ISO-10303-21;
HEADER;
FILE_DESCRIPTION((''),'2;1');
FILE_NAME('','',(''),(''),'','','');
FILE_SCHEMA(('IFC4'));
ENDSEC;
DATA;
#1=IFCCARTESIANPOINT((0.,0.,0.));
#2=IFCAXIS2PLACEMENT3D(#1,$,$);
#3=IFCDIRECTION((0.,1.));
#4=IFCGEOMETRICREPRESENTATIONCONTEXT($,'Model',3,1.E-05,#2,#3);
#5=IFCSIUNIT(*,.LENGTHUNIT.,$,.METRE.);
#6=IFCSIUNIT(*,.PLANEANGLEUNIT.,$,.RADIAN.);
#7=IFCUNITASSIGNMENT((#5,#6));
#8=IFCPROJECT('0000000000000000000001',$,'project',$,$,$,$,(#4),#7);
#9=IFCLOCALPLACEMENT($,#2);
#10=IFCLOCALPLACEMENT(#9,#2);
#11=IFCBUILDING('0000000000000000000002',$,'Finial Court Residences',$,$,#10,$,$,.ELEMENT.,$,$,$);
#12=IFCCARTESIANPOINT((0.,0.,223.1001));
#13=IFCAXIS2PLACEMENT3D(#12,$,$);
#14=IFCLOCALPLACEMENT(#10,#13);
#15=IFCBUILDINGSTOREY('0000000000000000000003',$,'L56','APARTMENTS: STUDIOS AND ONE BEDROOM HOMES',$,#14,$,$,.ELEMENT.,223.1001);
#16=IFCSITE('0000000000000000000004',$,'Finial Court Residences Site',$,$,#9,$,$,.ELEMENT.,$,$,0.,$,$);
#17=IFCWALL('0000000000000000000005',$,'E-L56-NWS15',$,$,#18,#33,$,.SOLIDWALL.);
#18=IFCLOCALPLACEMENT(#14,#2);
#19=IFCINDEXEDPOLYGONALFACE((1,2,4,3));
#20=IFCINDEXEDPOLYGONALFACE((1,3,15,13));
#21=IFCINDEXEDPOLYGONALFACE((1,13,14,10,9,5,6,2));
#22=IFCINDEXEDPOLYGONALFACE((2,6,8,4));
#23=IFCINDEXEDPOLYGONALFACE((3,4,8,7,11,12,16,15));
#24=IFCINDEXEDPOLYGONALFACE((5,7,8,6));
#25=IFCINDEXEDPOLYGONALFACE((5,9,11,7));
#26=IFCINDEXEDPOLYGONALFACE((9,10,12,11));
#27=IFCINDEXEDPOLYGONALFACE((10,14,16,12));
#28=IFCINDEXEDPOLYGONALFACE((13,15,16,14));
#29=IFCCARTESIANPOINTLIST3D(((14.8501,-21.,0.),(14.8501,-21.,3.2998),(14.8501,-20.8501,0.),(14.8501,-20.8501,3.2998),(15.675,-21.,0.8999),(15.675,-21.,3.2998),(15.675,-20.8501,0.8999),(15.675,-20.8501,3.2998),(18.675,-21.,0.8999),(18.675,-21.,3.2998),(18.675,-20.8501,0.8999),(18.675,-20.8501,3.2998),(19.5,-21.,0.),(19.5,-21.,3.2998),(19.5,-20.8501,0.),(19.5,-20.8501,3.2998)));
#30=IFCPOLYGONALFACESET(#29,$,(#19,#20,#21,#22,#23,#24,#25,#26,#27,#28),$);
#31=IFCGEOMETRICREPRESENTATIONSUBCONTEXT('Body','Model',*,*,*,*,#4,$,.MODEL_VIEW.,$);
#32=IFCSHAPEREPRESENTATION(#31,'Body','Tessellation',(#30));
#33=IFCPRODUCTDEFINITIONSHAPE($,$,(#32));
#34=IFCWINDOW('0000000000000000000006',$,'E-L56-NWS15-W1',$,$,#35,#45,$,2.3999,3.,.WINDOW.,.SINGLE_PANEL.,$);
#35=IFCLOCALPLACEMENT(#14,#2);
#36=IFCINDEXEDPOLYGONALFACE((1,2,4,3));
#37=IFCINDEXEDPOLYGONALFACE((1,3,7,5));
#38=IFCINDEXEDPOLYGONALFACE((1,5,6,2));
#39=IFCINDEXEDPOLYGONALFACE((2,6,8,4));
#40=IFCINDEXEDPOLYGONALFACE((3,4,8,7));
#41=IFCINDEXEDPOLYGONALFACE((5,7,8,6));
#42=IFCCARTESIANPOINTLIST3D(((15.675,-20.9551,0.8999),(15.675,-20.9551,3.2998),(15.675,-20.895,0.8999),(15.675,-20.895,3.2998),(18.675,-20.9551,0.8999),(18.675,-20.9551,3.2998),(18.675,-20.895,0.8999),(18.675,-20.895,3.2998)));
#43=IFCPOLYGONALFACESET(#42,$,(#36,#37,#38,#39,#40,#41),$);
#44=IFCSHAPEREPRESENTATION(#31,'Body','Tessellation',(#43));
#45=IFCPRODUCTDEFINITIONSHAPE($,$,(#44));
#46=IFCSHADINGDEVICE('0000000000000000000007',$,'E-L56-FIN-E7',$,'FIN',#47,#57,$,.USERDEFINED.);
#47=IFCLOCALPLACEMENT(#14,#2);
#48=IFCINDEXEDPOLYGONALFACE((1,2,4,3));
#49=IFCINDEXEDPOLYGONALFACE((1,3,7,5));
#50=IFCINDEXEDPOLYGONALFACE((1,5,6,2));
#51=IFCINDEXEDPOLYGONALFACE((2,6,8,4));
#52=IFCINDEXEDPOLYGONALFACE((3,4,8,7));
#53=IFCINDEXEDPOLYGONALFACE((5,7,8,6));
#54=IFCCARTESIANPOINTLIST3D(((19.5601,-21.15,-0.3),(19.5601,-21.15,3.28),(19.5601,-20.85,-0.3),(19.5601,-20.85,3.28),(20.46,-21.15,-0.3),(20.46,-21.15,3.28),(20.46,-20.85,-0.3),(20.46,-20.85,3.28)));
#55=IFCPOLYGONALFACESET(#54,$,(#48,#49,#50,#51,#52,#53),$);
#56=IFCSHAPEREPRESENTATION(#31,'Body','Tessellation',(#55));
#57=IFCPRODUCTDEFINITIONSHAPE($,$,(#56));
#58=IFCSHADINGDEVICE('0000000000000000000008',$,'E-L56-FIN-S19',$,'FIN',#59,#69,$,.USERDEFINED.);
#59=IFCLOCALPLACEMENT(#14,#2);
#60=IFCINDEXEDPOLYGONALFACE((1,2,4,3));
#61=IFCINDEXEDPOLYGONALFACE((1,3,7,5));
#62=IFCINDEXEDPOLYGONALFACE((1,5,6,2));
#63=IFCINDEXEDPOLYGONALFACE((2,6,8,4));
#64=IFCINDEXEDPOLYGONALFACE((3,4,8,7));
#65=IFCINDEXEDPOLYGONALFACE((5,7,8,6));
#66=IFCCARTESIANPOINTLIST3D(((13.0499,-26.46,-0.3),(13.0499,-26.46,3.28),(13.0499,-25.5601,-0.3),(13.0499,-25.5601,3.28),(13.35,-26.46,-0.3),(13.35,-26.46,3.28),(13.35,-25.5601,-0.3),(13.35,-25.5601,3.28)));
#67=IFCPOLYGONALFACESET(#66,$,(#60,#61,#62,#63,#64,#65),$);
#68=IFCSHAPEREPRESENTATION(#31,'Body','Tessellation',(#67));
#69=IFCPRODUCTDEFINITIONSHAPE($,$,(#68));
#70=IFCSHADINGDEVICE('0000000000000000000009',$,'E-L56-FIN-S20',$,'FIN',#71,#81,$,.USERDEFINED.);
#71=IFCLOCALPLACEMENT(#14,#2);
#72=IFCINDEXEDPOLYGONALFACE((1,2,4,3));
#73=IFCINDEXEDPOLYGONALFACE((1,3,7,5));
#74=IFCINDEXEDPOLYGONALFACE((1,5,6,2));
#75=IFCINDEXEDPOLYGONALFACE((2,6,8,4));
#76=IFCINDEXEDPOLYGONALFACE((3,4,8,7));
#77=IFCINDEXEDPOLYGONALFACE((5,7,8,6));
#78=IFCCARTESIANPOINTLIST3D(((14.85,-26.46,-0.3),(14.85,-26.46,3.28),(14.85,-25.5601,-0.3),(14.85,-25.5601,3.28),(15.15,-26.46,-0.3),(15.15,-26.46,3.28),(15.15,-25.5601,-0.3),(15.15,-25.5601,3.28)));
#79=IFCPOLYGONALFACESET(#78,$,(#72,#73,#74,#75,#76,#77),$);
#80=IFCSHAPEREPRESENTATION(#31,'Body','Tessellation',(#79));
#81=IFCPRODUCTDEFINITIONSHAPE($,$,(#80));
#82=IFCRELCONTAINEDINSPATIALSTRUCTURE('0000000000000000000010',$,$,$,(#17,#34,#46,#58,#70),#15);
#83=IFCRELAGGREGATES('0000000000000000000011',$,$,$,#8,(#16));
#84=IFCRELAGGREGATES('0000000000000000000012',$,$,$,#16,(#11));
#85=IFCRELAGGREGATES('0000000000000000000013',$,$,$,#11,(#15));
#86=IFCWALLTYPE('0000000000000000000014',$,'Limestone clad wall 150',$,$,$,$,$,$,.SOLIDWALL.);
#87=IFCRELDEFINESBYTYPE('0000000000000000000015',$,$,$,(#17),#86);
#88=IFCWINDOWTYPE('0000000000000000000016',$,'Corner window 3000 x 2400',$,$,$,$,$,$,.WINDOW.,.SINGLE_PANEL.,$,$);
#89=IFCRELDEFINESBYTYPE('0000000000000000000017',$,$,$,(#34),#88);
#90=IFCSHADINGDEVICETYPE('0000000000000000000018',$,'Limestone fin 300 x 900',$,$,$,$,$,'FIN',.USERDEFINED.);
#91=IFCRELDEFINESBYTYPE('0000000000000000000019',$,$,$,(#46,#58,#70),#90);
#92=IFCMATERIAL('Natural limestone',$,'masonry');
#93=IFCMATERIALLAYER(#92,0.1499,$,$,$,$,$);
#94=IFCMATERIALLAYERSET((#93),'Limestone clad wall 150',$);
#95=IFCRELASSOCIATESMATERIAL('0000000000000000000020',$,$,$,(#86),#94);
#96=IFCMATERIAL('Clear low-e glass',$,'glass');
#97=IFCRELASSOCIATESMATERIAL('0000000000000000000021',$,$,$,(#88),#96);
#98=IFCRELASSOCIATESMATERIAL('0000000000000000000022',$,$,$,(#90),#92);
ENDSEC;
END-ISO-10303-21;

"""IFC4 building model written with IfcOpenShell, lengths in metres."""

from ifc_helpers import new_model, si_unit, direction, frame, frame_2d, origin, origin_2d, place, context, subcontext, project, spatial, rectangle, extrude, material, layer, layer_set, type_object, element, fill, save


model = new_model("IFC4")

# Units and contexts
model_context = context("Model", 3, precision=1e-05, world=origin(), true_north=direction((0.0, 1.0)))
body_context = subcontext(model_context, "Body", "Model", "MODEL_VIEW")
ifc_project = project(units=[si_unit("LENGTHUNIT", "METRE"), si_unit("PLANEANGLEUNIT", "RADIAN")], contexts=[model_context])

# Site, building, storey
site_placement = place(None, origin())
site = spatial("IfcSite", under=ifc_project, at=site_placement, Name="Finial Court Residences Site", CompositionType="ELEMENT", RefElevation=0.0)
building_placement = place(site_placement, origin())
building = spatial("IfcBuilding", under=site, at=building_placement, Name="Finial Court Residences", CompositionType="ELEMENT")
storey_placement = place(building_placement, frame((0.0, 0.0, 223.1001)))
storey = spatial("IfcBuildingStorey", under=building, at=storey_placement, Name="L56", Description="APARTMENTS: STUDIOS AND ONE BEDROOM HOMES", CompositionType="ELEMENT", Elevation=223.1001)

# Shared definitions
ifc_material_1 = material(Name="Clear low-e glass", Category="glass")

# Wall, opening, window
ifc_material_2 = material(Name="Natural limestone", Category="masonry")
ifc_layer_1 = layer(ifc_material_2, 0.1499)
ifc_layer_set_1 = layer_set([ifc_layer_1], Name="Limestone clad wall 150")
wall_type_1 = type_object("IfcWallType", Name="Limestone clad wall 150", PredefinedType="SOLIDWALL", material=ifc_layer_set_1)
window_type = type_object("IfcWindowType", Name="Corner window 3000 x 2400", PartitioningType="SINGLE_PANEL", PredefinedType="WINDOW", material=ifc_material_1)
wall_1_placement = place(storey_placement, frame((19.5, -20.925, 0.0), z_axis=(0.0, 0.0, 1.0), x_axis=(-1.0, 0.0, 0.0)))
wall_1 = element("IfcWall", 1, at=wall_1_placement, inside=storey, type_object=wall_type_1, Name="E-L56-NWS15", PredefinedType="SOLIDWALL", context=body_context, shape_type="SweptSolid", body=[
    extrude(rectangle(XDim=4.6499, YDim=0.1499, at=frame_2d((2.325, 0.0))), origin(), (0.0, 0.0, 1.0), 3.2998),
])
opening_1_placement = place(wall_1_placement, frame((0.825, 0.0, 0.8999)))
opening_1 = element("IfcOpeningElement", 2, at=opening_1_placement, cuts=wall_1, PredefinedType="OPENING", context=body_context, shape_type="SweptSolid", body=[
    extrude(rectangle(XDim=3.0, YDim=2.3999, at=frame_2d((1.5, 1.2))), frame((0.0, 0.085, 0.0), z_axis=(0.0, -1.0, 0.0), x_axis=(1.0, 0.0, 0.0)), (0.0, 0.0, 1.0), 0.1699),
])
window_1_placement = place(opening_1_placement, origin())
window_1 = element("IfcWindow", 3, at=window_1_placement, inside=storey, type_object=window_type, Name="E-L56-NWS15-W1", OverallHeight=2.3999, OverallWidth=3.0, PartitioningType="SINGLE_PANEL", PredefinedType="WINDOW", context=body_context, shape_type="SweptSolid", body=[
    extrude(rectangle(XDim=3.0, YDim=2.3999, at=frame_2d((1.5, 1.2))), frame((0.0, 0.03, 0.0), z_axis=(0.0, -1.0, 0.0), x_axis=(1.0, 0.0, 0.0)), (0.0, 0.0, 1.0), 0.0601),
])
fill(opening_1, window_1)

# Shading devices
shading_device_type = type_object("IfcShadingDeviceType", Name="Limestone fin 300 x 900", ElementType="FIN", PredefinedType="USERDEFINED", material=ifc_material_2)
shading_device_placement = place(storey_placement, frame((20.01, -21.0, -0.3), z_axis=(0.0, 0.0, 1.0), x_axis=(1.0, 0.0, 0.0)))
element("IfcShadingDevice", 4, at=shading_device_placement, inside=storey, type_object=shading_device_type, Name="E-L56-FIN-E7", ObjectType="FIN", PredefinedType="USERDEFINED", context=body_context, shape_type="SweptSolid", body=[
    extrude(rectangle(XDim=0.8999, YDim=0.3, at=origin_2d()), origin(), (0.0, 0.0, 1.0), 3.5801),
])
for number, where, z_axis, x_axis, name in (
    (5, (13.2, -26.01, -0.3), (0.0, 0.0, 1.0), (1.0, 0.0, 0.0), "E-L56-FIN-S19"),
    (6, (15.0, -26.01, -0.3), (0.0, 0.0, 1.0), (1.0, 0.0, 0.0), "E-L56-FIN-S20"),
):
    element("IfcShadingDevice", number, at=place(storey_placement, frame(where, z_axis=z_axis, x_axis=x_axis)), inside=storey, type_object=shading_device_type, Name=name, ObjectType="FIN", PredefinedType="USERDEFINED", context=body_context, shape_type="SweptSolid", body=[
        extrude(rectangle(XDim=0.3, YDim=0.8999, at=origin_2d()), origin(), (0.0, 0.0, 1.0), 3.5801),
    ])

save(model, "model.ifc")
